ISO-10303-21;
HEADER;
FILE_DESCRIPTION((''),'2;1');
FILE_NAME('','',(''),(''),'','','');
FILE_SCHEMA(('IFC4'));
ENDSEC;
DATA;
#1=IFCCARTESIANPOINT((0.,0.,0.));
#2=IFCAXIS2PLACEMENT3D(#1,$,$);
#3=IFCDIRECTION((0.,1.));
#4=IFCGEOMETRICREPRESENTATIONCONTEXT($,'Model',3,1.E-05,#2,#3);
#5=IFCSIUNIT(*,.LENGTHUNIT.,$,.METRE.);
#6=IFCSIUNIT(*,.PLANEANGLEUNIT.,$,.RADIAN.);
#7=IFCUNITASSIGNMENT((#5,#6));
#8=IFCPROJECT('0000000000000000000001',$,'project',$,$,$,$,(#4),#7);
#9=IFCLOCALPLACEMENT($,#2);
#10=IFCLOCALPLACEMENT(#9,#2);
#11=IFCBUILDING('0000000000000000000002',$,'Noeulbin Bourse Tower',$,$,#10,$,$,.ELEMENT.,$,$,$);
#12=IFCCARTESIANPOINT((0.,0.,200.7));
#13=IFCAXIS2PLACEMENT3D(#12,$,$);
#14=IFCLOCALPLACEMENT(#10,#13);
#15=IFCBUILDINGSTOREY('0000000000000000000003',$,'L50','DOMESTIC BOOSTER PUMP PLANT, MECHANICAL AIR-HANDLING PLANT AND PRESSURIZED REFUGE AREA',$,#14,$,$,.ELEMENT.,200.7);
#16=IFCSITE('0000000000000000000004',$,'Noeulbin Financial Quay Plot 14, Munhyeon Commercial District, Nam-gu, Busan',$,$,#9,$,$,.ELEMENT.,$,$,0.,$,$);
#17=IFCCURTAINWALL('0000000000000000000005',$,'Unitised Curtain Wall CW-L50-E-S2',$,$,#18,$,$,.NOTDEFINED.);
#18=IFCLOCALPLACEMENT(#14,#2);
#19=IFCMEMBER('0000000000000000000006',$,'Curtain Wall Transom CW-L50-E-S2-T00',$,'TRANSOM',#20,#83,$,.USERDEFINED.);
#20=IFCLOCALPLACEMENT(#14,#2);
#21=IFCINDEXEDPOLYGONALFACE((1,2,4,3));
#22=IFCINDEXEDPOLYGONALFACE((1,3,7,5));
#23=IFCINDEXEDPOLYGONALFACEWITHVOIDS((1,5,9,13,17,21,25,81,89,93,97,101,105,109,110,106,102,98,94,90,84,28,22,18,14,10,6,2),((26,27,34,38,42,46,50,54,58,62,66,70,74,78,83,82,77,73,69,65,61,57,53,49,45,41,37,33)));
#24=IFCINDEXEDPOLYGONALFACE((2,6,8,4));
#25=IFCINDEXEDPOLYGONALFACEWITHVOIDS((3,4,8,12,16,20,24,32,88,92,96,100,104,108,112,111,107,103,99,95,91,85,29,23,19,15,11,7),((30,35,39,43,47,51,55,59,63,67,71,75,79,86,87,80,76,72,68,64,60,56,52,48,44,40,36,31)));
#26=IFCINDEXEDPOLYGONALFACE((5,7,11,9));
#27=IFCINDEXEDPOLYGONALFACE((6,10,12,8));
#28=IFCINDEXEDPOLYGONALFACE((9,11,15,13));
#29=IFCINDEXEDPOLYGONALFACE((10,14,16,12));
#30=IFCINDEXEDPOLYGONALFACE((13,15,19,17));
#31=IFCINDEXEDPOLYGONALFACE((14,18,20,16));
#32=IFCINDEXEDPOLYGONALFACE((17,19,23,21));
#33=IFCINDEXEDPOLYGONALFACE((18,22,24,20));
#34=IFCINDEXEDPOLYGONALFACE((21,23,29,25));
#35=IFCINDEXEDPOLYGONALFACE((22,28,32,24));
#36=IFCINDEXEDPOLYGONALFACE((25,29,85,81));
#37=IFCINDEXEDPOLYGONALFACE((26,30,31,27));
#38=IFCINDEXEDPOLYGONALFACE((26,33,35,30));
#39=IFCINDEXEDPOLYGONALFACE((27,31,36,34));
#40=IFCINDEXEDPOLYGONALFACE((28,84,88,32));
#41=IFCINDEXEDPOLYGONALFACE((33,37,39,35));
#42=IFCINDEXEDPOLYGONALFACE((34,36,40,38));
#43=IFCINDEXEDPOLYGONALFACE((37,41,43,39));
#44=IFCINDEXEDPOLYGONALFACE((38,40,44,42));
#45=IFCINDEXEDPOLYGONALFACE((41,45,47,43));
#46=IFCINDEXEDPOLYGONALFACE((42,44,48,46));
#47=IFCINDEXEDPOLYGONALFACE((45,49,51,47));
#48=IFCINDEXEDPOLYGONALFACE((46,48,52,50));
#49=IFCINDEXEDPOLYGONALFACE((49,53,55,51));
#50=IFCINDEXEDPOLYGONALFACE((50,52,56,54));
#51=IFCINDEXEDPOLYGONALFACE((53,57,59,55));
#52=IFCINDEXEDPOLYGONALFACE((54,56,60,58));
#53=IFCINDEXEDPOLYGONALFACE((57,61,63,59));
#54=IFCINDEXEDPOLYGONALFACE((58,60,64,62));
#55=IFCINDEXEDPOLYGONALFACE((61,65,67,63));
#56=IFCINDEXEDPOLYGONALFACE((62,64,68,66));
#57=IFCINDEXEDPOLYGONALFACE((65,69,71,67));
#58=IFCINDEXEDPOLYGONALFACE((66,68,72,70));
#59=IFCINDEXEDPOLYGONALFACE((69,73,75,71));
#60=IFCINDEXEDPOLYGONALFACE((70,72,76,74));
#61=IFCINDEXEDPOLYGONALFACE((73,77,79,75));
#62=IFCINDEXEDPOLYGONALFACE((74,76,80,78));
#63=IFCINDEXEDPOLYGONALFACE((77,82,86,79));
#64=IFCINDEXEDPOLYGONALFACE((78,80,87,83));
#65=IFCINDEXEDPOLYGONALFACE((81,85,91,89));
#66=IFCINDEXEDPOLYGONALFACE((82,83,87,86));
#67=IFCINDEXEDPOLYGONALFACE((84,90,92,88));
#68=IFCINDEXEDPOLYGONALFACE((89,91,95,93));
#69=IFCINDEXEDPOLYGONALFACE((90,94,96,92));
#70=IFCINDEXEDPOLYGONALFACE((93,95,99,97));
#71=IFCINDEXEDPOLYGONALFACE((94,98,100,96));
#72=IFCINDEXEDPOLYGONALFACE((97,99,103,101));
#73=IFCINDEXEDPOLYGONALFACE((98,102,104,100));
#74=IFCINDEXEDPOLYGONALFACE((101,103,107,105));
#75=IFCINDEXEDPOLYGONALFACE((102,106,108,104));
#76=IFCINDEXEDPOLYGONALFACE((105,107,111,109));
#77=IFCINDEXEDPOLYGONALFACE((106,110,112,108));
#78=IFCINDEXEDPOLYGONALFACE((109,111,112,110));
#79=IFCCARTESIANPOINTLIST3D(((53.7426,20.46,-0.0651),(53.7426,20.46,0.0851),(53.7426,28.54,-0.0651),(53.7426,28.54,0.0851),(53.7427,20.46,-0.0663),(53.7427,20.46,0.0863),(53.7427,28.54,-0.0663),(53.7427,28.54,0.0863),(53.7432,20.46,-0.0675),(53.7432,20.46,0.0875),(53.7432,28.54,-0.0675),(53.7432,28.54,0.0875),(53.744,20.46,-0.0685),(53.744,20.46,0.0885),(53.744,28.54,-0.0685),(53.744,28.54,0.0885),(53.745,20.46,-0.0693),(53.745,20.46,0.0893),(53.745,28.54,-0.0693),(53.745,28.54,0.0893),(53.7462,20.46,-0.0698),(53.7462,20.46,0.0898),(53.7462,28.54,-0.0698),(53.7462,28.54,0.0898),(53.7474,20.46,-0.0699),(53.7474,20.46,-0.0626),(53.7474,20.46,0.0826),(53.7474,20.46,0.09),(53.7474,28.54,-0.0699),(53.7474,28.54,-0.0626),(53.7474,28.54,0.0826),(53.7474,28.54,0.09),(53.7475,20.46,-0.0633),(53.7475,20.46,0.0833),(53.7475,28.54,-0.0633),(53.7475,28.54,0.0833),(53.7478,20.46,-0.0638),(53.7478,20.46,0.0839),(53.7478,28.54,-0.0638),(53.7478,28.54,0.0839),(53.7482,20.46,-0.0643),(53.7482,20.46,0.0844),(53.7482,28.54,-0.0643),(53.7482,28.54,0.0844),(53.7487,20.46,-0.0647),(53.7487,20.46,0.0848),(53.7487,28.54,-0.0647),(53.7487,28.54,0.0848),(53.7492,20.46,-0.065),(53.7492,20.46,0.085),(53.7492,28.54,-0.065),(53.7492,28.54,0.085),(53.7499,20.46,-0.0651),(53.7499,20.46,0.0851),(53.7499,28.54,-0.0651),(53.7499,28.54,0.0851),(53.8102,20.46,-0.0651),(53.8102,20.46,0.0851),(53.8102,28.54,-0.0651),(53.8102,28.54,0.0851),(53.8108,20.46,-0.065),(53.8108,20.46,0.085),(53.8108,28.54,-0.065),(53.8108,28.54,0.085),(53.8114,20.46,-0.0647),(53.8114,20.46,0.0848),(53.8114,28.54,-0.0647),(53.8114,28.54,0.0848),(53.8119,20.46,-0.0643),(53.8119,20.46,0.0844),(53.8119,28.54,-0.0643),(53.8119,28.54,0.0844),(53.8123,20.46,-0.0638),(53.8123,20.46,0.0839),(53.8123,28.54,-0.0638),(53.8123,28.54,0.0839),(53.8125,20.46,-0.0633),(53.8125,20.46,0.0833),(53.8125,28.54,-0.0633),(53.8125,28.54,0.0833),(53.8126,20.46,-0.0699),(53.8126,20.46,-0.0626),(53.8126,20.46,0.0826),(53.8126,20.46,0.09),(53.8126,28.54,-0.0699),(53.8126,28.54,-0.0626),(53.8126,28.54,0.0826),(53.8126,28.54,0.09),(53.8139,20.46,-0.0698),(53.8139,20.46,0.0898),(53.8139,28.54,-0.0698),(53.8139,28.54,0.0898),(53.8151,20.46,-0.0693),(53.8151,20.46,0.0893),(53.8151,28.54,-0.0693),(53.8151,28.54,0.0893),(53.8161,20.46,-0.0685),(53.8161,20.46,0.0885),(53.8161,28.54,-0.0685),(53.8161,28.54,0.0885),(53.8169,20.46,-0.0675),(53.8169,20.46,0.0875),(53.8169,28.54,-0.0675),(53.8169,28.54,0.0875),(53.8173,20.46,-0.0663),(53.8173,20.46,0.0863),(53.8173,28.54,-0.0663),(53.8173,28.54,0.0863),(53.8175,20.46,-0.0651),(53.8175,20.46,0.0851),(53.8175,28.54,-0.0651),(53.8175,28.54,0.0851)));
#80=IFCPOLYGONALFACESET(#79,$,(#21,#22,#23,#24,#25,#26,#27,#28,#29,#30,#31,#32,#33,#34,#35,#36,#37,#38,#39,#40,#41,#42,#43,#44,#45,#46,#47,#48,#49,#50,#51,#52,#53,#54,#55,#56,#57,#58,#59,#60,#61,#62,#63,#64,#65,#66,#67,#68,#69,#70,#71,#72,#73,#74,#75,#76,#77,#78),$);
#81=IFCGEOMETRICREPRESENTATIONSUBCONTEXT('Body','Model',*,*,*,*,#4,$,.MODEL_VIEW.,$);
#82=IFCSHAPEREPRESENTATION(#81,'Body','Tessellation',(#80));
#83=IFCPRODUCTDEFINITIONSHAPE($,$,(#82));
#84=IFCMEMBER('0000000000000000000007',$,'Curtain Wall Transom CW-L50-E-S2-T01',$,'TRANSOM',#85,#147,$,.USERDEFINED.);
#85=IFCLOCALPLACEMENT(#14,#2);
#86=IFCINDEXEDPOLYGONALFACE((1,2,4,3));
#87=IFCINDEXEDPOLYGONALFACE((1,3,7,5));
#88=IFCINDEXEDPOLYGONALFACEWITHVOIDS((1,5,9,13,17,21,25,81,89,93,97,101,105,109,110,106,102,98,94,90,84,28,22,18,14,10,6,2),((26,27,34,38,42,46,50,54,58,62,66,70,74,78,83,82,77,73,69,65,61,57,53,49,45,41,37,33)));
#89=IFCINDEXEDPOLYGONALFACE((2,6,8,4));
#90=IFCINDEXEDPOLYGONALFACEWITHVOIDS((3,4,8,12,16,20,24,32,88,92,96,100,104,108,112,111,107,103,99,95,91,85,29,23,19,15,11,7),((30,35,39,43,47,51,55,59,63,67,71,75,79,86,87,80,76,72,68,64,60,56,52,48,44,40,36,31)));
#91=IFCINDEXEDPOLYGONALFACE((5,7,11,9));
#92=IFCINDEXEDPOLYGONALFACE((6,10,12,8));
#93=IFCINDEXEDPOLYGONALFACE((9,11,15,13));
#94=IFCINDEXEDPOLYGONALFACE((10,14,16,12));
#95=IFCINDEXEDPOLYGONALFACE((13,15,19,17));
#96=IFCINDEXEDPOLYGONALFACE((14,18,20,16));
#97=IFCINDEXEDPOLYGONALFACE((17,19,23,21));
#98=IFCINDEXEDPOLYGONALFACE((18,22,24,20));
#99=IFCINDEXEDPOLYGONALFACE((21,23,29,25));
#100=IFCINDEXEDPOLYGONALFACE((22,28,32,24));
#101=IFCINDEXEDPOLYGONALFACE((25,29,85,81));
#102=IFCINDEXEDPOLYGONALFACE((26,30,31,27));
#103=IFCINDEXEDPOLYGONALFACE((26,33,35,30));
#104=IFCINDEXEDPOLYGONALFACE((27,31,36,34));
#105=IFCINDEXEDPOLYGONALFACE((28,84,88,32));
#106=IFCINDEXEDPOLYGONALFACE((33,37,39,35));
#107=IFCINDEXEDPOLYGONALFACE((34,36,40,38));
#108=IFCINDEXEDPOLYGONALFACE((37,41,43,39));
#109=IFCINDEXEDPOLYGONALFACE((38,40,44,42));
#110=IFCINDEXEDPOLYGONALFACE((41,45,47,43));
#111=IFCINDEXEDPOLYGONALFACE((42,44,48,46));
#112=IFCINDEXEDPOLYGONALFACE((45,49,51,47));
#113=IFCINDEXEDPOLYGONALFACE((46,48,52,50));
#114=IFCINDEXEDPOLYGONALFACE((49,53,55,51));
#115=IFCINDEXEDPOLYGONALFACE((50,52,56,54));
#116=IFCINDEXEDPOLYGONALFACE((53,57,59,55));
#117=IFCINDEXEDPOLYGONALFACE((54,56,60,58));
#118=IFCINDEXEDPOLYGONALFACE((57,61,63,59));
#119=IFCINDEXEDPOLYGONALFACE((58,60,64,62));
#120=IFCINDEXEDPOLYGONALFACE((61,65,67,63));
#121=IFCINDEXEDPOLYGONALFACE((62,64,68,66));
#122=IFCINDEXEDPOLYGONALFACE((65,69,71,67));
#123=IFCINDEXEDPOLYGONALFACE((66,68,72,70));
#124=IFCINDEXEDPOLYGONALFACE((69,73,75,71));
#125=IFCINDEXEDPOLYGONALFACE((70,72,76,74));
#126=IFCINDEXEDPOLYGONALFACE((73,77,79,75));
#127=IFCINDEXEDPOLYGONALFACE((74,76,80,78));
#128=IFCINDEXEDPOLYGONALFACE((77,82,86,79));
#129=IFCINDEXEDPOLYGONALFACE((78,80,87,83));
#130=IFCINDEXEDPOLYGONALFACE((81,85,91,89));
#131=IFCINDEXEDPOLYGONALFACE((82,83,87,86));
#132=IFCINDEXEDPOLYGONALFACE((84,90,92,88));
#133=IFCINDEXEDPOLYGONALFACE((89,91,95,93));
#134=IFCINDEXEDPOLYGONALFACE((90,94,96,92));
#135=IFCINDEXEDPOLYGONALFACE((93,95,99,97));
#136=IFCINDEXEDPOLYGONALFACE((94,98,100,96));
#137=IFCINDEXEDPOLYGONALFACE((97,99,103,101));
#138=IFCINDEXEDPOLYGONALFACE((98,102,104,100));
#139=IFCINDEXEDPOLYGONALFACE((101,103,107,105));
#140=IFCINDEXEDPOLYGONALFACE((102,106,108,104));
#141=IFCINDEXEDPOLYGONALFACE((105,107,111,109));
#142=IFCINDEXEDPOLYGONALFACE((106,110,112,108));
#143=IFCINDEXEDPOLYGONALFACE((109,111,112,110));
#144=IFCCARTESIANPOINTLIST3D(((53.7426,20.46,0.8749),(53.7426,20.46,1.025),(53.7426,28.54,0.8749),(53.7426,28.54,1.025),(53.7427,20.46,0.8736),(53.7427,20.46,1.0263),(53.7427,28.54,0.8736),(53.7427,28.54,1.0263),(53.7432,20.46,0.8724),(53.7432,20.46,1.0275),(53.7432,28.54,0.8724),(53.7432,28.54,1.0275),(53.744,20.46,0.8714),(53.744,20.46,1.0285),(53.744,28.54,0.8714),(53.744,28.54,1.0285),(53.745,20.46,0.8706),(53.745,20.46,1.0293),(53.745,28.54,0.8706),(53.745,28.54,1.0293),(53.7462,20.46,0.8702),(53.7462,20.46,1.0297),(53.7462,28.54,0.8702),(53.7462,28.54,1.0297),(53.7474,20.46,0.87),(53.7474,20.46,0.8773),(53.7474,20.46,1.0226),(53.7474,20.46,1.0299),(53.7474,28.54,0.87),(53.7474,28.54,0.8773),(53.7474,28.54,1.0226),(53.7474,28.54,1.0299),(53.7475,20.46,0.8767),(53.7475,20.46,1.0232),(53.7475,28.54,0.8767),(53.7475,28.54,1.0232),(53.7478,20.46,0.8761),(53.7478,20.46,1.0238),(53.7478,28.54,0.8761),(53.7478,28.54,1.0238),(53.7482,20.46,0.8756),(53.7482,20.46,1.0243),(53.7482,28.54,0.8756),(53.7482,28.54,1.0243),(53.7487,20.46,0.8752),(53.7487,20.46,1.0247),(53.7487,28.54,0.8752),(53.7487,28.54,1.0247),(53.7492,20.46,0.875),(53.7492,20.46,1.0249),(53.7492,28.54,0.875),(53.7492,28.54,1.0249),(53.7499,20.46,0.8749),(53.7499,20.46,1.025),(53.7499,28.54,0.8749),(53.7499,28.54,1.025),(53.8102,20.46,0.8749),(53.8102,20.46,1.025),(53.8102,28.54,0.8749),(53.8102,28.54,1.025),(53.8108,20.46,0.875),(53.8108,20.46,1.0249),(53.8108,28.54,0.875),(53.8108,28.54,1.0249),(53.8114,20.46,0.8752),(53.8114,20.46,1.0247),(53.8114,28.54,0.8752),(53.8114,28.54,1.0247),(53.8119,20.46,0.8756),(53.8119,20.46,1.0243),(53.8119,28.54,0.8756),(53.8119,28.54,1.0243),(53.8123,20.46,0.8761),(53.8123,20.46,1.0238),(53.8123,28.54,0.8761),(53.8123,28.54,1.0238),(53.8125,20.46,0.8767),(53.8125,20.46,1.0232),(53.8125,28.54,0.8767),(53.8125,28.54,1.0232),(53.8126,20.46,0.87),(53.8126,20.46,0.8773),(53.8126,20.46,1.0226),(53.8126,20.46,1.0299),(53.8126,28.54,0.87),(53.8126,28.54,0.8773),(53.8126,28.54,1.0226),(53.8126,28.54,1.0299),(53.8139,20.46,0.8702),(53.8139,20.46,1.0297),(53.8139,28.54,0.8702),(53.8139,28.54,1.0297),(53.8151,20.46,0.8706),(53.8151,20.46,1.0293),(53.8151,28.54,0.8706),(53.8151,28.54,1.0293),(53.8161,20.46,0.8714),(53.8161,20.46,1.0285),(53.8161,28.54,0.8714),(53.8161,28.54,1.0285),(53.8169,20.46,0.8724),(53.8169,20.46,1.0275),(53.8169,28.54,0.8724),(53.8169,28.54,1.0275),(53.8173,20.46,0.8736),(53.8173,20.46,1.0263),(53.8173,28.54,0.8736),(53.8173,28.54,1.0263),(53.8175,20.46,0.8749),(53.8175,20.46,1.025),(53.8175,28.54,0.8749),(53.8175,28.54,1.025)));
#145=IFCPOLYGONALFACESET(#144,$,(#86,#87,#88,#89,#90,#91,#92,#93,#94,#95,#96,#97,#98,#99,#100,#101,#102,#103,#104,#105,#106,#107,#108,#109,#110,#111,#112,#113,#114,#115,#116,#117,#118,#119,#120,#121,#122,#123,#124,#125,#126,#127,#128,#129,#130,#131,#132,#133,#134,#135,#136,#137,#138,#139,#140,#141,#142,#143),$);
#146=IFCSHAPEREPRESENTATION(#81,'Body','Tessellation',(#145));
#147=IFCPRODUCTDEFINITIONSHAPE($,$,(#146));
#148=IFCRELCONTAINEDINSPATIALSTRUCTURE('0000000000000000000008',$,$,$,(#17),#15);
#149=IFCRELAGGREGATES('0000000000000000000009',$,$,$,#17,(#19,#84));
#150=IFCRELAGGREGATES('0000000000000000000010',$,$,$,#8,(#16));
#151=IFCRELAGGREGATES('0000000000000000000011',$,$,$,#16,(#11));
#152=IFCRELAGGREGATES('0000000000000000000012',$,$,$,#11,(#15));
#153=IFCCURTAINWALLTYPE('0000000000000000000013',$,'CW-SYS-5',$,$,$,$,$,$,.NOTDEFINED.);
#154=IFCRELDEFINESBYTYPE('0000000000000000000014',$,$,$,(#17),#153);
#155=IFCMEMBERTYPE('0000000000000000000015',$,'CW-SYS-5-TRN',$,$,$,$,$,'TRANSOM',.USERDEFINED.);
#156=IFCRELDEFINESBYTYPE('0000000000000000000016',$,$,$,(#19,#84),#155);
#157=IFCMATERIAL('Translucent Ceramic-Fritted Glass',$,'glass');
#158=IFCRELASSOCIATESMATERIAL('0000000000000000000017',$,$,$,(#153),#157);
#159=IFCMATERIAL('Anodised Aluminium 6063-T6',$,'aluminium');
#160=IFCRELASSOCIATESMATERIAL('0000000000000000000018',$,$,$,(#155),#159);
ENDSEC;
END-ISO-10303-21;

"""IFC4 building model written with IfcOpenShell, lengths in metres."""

from ifc_helpers import new_model, si_unit, direction, frame, origin, origin_2d, place, context, subcontext, project, spatial, hollow_rectangle, extrude, material, material_profile, profile_set, type_object, element, aggregate, save


model = new_model("IFC4")

# Units and contexts
model_context = context("Model", 3, precision=1e-05, world=origin(), true_north=direction((0.0, 1.0)))
body_context = subcontext(model_context, "Body", "Model", "MODEL_VIEW")
ifc_project = project(units=[si_unit("LENGTHUNIT", "METRE"), si_unit("PLANEANGLEUNIT", "RADIAN")], contexts=[model_context])

# Site, building, storey
site_placement = place(None, origin())
site = spatial("IfcSite", under=ifc_project, at=site_placement, Name="Noeulbin Financial Quay Plot 14, Munhyeon Commercial District, Nam-gu, Busan", CompositionType="ELEMENT", RefElevation=0.0)
building_placement = place(site_placement, origin())
building = spatial("IfcBuilding", under=site, at=building_placement, Name="Noeulbin Bourse Tower", CompositionType="ELEMENT")
storey_placement = place(building_placement, frame((0.0, 0.0, 200.7)))
storey = spatial("IfcBuildingStorey", under=building, at=storey_placement, Name="L50", Description="DOMESTIC BOOSTER PUMP PLANT, MECHANICAL AIR-HANDLING PLANT AND PRESSURIZED REFUGE AREA", CompositionType="ELEMENT", Elevation=200.7)

# Curtain wall
ifc_material_1 = material(Name="Translucent Ceramic-Fritted Glass", Category="glass")
curtain_wall_type = type_object("IfcCurtainWallType", Name="CW-SYS-5", PredefinedType="NOTDEFINED", material=ifc_material_1)
curtain_wall_1_placement = place(storey_placement, origin())
curtain_wall_1 = element("IfcCurtainWall", 1, at=curtain_wall_1_placement, inside=storey, type_object=curtain_wall_type, Name="Unitised Curtain Wall CW-L50-E-S2", PredefinedType="NOTDEFINED")
ifc_material_2 = material(Name="Anodised Aluminium 6063-T6", Category="aluminium")

# Members
ifc_material_profile_1 = material_profile(ifc_material_2, hollow_rectangle(XDim=0.075, YDim=0.1599, WallThickness=0.0049, InnerFilletRadius=0.0024, OuterFilletRadius=0.0049, at=origin_2d()), Name="ALU-TRAN-75x160x5", Category="LoadBearing")
ifc_profile_set_1 = profile_set([ifc_material_profile_1], Name="Anodised Aluminium 6063-T6")
member_type_1 = type_object("IfcMemberType", Name="CW-SYS-5-TRN", ElementType="TRANSOM", PredefinedType="USERDEFINED", material=ifc_profile_set_1)
member_1_placement = place(storey_placement, frame((53.78, 20.46, 0.01), z_axis=(0.0, 1.0, 0.0), x_axis=(-1.0, 0.0, 0.0)))
member_1 = element("IfcMember", 2, at=member_1_placement, type_object=member_type_1, Name="Curtain Wall Transom CW-L50-E-S2-T00", ObjectType="TRANSOM", PredefinedType="USERDEFINED", context=body_context, shape_type="SweptSolid", body=[
    extrude(hollow_rectangle(XDim=0.075, YDim=0.1599, WallThickness=0.0049, InnerFilletRadius=0.0024, OuterFilletRadius=0.0049, at=origin_2d()), origin(), (0.0, 0.0, 1.0), 8.0801),
])
member_2_placement = place(storey_placement, frame((53.78, 20.46, 0.95), z_axis=(0.0, 1.0, 0.0), x_axis=(-1.0, 0.0, 0.0)))
member_2 = element("IfcMember", 3, at=member_2_placement, type_object=member_type_1, Name="Curtain Wall Transom CW-L50-E-S2-T01", ObjectType="TRANSOM", PredefinedType="USERDEFINED", context=body_context, shape_type="SweptSolid", body=[
    extrude(hollow_rectangle(XDim=0.075, YDim=0.1599, WallThickness=0.0049, InnerFilletRadius=0.0024, OuterFilletRadius=0.0049, at=origin_2d()), origin(), (0.0, 0.0, 1.0), 8.0801),
])

aggregate(curtain_wall_1, [member_1, member_2])

save(model, "model.ifc")
